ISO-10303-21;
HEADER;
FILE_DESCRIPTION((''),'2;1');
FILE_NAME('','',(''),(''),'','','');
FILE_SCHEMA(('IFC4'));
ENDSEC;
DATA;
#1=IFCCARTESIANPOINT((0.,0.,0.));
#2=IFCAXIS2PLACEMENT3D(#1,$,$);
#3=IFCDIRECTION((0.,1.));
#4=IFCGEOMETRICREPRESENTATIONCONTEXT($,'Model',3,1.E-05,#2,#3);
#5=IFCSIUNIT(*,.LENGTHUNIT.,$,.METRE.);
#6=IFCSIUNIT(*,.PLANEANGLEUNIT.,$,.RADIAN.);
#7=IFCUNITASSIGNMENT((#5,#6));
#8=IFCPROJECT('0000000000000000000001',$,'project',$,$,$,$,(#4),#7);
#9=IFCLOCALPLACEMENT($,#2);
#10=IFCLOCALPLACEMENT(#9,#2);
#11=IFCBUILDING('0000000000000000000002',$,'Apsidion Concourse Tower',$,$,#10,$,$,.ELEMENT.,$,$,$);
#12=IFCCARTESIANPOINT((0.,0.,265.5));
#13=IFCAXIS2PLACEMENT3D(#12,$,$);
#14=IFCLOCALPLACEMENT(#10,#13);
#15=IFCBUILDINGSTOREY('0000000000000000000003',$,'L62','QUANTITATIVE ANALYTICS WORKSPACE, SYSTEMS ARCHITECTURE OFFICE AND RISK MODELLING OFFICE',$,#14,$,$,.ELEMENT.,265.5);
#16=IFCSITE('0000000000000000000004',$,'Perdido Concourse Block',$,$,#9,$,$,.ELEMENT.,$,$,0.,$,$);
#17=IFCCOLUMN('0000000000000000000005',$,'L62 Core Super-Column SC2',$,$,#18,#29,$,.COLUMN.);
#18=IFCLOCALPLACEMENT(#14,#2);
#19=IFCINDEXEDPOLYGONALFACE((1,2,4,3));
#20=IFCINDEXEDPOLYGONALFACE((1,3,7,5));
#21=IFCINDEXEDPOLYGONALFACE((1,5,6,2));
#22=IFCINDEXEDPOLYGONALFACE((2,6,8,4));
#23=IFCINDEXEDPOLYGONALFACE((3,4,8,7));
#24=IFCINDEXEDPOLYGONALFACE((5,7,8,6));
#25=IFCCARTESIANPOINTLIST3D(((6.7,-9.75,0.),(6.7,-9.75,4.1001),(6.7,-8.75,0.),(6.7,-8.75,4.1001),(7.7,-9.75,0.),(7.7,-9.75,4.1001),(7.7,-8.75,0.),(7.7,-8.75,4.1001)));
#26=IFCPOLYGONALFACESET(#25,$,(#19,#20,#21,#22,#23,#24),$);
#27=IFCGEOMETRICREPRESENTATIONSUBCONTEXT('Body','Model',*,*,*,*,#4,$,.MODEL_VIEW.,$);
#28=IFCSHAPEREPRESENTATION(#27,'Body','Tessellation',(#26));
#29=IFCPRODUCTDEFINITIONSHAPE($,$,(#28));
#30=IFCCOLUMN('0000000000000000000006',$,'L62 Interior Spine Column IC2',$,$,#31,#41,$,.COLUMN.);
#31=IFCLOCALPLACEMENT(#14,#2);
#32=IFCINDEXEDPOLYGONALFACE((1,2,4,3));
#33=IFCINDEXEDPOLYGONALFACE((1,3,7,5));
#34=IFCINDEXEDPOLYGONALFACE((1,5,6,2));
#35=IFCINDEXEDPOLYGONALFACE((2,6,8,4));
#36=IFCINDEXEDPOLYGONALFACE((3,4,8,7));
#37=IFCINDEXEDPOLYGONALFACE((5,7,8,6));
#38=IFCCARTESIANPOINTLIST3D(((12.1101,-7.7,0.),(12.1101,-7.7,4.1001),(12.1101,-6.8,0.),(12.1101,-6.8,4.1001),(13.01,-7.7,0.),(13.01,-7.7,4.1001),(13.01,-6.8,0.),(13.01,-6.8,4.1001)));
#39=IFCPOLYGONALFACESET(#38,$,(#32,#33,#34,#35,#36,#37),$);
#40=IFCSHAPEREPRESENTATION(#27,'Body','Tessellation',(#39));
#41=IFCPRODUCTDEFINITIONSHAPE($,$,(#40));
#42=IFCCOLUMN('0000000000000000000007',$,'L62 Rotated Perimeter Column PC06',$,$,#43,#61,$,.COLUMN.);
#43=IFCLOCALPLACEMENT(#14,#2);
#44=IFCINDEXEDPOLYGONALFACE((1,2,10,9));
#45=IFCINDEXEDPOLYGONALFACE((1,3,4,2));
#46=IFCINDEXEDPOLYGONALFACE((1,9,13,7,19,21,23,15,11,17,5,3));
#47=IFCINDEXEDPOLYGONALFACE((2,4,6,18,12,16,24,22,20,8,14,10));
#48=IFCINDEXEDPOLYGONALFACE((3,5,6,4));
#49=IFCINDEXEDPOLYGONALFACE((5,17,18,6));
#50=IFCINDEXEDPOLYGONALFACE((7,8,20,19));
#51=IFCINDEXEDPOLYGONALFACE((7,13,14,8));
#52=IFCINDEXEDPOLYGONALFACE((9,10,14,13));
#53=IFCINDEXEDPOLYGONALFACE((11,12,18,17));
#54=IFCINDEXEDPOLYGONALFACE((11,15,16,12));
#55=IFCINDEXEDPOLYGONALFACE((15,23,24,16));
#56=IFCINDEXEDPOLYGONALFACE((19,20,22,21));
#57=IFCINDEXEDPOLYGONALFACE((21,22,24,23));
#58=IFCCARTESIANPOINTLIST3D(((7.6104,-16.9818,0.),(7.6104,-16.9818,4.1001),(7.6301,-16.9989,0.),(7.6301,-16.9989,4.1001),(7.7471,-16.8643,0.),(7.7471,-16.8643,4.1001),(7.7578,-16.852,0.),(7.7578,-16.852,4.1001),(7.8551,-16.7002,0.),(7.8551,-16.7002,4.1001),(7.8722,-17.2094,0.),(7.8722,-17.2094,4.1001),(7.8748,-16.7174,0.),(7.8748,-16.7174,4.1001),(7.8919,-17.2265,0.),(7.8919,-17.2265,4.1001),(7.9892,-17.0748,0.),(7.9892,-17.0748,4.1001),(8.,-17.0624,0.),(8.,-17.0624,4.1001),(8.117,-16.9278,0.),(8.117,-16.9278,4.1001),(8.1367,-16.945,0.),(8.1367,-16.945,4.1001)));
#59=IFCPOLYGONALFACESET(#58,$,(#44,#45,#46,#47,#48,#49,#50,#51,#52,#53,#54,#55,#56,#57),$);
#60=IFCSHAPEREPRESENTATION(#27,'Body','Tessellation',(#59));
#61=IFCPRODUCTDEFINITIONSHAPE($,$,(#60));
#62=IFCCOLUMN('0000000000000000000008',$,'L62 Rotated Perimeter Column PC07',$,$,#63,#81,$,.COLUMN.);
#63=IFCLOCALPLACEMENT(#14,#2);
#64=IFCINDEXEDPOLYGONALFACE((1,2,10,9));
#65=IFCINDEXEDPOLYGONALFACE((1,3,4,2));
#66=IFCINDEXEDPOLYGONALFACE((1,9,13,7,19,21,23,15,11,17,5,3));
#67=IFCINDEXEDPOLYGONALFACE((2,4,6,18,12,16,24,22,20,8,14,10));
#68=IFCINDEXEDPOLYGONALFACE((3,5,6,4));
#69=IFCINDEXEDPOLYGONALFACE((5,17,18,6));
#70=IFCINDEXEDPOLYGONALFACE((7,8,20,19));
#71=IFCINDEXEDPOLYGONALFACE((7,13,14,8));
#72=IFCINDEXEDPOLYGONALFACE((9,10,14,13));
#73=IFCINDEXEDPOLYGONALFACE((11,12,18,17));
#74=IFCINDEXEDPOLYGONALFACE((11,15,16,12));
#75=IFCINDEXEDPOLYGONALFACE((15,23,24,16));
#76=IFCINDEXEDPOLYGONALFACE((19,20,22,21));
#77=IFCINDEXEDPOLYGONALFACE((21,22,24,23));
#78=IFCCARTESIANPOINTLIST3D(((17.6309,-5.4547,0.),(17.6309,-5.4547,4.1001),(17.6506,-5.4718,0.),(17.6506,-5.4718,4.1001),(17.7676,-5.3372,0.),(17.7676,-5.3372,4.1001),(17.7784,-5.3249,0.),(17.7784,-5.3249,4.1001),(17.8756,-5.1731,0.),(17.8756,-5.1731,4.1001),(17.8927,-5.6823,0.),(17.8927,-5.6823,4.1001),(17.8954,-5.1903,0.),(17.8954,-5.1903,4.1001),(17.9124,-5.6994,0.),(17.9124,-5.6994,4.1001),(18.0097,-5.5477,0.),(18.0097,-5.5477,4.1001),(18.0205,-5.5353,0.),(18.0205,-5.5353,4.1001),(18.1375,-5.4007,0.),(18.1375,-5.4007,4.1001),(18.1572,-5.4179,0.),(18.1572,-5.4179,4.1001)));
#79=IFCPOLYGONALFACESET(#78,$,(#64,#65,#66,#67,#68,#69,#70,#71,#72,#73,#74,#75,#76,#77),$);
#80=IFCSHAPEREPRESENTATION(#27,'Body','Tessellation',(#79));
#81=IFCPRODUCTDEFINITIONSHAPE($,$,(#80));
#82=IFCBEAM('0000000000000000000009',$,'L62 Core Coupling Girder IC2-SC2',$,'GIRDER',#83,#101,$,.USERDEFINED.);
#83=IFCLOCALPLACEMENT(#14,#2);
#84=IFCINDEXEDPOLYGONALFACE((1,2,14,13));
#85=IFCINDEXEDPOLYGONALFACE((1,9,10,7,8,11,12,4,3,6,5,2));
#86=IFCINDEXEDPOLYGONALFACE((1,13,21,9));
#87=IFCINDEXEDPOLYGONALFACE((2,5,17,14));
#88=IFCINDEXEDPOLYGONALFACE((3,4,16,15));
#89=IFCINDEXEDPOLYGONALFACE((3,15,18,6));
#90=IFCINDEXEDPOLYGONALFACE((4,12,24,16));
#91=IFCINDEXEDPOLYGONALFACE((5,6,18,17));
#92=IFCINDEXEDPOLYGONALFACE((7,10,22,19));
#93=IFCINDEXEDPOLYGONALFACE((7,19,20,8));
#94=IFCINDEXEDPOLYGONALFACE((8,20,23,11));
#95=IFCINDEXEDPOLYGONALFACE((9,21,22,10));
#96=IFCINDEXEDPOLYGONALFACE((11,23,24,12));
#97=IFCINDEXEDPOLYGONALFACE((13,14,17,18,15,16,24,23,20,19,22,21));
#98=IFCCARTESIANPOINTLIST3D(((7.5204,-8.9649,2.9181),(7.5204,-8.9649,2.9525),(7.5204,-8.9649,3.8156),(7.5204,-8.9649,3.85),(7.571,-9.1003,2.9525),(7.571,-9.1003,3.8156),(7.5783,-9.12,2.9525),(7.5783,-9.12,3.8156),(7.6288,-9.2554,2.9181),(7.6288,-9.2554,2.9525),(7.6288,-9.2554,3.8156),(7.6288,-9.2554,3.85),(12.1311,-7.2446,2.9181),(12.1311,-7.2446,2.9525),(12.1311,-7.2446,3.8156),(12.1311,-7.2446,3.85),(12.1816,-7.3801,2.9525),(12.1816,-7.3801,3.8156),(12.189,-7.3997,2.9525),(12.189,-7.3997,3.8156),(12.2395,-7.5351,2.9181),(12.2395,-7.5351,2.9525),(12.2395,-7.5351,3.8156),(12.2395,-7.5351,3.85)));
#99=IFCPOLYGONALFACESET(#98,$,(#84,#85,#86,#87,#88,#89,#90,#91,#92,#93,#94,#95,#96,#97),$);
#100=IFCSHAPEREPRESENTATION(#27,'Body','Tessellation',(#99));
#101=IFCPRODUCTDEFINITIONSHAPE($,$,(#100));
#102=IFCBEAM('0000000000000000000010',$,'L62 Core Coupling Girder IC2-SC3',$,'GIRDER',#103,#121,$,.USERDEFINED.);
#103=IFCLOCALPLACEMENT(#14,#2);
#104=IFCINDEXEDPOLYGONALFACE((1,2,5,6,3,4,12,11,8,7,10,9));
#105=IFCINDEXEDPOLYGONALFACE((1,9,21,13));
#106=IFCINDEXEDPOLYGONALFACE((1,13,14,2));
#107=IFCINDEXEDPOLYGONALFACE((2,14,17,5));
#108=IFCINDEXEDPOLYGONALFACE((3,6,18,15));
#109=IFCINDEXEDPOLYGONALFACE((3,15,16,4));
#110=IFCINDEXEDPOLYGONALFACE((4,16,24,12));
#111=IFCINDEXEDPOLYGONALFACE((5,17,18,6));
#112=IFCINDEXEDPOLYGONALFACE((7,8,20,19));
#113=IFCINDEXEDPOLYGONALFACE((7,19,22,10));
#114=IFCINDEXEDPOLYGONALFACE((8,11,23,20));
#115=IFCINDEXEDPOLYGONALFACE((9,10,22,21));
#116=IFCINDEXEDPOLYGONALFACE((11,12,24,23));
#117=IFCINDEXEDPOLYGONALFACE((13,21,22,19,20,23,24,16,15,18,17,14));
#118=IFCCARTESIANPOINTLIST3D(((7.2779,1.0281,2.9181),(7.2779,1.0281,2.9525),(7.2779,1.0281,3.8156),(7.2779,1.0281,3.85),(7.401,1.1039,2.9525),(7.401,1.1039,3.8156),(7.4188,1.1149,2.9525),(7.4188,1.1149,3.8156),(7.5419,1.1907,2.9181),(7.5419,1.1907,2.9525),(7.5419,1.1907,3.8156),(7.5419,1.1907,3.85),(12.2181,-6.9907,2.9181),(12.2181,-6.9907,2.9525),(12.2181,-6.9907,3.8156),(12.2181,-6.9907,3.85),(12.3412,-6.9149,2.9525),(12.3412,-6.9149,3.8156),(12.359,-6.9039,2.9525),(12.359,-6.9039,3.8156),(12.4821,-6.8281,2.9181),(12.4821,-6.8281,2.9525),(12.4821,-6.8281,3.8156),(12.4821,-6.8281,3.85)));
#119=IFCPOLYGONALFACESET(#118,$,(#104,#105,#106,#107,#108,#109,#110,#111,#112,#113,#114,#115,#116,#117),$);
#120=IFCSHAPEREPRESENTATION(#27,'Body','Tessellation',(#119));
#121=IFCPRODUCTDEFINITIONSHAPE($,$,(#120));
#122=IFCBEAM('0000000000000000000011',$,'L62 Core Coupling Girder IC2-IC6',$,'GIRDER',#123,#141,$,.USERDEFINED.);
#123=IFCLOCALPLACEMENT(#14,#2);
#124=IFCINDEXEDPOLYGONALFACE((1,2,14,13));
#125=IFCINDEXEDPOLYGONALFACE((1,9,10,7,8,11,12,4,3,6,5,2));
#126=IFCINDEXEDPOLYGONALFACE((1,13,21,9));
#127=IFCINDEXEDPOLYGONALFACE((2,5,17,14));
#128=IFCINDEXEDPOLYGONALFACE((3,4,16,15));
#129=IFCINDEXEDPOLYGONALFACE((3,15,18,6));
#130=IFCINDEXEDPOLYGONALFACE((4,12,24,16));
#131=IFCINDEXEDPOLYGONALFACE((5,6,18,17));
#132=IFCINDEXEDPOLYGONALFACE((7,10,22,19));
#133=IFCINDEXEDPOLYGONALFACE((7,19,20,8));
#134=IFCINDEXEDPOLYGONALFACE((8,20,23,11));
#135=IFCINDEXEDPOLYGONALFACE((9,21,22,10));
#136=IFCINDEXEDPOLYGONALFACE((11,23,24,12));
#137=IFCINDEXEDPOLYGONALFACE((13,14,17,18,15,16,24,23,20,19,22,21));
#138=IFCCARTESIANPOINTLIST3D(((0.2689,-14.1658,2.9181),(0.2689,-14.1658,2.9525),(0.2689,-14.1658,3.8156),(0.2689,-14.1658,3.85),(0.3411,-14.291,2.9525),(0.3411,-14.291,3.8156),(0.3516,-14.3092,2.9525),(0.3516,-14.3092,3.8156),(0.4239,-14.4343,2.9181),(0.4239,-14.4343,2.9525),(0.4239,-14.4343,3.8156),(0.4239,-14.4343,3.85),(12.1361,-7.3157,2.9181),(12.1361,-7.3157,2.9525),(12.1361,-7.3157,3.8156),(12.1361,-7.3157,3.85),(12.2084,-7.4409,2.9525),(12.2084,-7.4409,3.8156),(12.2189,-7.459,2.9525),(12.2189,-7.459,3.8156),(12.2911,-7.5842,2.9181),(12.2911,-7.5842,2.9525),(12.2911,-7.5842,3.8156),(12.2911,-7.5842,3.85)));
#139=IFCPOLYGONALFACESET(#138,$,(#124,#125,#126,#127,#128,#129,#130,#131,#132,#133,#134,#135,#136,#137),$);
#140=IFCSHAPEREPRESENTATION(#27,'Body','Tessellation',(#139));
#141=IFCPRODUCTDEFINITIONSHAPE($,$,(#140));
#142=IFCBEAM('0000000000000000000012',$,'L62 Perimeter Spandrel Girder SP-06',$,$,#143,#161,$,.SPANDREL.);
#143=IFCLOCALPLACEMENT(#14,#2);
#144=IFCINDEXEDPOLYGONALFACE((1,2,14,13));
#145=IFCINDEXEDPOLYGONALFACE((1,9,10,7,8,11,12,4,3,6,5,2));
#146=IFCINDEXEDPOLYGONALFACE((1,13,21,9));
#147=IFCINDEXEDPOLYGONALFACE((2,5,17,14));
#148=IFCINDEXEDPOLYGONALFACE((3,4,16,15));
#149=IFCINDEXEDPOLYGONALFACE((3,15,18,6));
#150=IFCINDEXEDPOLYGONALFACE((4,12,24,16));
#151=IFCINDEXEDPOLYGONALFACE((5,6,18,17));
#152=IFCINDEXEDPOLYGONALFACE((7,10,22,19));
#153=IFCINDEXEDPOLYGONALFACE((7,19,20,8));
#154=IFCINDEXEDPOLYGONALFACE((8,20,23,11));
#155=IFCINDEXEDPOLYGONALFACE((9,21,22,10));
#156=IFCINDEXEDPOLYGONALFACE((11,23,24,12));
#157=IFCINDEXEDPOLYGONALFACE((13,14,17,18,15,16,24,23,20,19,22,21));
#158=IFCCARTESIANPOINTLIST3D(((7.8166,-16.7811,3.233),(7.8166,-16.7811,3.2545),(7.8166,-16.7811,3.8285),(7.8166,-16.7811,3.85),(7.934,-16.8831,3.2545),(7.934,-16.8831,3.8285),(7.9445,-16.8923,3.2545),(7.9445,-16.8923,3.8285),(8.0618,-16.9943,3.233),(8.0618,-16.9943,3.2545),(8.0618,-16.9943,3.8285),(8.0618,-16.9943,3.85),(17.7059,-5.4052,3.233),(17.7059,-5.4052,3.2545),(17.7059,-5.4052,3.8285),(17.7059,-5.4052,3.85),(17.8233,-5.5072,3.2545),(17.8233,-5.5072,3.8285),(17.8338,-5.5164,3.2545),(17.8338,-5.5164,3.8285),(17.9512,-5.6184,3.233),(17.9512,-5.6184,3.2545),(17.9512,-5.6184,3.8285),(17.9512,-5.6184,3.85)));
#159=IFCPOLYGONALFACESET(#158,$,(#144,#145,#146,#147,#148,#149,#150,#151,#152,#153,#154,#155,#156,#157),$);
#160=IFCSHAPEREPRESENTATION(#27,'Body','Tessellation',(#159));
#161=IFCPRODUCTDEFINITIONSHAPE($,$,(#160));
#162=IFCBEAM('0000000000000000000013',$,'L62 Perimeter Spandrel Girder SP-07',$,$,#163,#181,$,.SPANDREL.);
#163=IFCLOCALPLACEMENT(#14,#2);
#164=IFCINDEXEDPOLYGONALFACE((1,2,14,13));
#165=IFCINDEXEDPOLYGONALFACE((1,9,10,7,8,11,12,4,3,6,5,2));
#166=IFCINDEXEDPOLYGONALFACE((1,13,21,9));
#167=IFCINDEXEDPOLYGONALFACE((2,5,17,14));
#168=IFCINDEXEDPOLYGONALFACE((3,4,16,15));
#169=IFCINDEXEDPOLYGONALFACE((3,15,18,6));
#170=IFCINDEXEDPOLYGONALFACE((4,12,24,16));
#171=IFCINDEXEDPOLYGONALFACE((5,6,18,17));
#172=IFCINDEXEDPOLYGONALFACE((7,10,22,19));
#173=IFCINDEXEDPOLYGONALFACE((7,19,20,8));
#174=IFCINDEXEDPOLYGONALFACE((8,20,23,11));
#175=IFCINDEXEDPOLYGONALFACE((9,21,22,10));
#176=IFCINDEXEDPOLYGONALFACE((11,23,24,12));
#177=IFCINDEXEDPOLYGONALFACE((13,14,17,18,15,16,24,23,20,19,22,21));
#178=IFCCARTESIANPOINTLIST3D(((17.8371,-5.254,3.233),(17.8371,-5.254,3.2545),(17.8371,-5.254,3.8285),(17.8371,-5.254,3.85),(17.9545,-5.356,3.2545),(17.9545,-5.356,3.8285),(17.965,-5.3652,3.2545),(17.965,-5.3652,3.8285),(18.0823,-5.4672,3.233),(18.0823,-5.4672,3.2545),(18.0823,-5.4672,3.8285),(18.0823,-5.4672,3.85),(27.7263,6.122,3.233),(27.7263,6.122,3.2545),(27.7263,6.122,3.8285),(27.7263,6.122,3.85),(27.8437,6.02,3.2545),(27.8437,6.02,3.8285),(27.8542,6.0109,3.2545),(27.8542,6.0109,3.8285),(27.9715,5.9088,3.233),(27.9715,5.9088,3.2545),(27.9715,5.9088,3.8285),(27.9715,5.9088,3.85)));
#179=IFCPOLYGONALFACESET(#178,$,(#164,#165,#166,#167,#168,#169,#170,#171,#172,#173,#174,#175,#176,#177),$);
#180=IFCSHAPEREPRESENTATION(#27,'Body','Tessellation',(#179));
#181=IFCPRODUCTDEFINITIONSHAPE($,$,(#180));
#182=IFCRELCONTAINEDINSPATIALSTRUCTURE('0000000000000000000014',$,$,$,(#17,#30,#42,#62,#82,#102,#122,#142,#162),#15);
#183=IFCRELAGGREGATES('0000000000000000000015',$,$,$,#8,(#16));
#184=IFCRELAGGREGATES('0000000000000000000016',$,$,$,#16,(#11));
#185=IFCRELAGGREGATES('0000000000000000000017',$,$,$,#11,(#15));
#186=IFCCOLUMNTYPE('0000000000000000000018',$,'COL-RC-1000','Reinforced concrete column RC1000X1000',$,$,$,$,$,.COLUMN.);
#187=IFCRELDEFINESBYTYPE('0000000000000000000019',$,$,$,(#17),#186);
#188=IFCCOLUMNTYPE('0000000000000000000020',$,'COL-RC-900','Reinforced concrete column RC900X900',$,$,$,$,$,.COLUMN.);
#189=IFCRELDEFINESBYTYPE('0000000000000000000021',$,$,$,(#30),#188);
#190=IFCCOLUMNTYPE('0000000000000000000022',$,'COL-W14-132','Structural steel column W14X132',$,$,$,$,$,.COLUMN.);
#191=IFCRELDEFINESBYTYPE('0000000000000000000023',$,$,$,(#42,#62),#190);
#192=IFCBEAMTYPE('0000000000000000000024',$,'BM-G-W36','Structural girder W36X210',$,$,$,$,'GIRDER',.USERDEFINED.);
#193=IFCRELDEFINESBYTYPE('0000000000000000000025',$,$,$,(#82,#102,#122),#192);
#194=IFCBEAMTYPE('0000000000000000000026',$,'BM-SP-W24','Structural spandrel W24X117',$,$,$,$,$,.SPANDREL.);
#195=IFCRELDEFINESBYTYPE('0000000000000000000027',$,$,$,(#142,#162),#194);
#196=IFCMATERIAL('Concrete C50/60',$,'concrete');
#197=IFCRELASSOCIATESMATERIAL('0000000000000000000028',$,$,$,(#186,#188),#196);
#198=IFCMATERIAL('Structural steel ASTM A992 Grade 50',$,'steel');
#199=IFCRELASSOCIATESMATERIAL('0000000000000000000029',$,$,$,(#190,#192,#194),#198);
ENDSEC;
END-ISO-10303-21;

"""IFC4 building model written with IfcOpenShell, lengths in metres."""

from ifc_helpers import new_model, si_unit, direction, frame, origin, origin_2d, place, context, subcontext, project, spatial, rectangle, i_section, extrude, material, material_profile, profile_set, type_object, element, save


model = new_model("IFC4")

# Units and contexts
model_context = context("Model", 3, precision=1e-05, world=origin(), true_north=direction((0.0, 1.0)))
body_context = subcontext(model_context, "Body", "Model", "MODEL_VIEW")
ifc_project = project(units=[si_unit("LENGTHUNIT", "METRE"), si_unit("PLANEANGLEUNIT", "RADIAN")], contexts=[model_context])

# Site, building, storey
site_placement = place(None, origin())
site = spatial("IfcSite", under=ifc_project, at=site_placement, Name="Perdido Concourse Block", CompositionType="ELEMENT", RefElevation=0.0)
building_placement = place(site_placement, origin())
building = spatial("IfcBuilding", under=site, at=building_placement, Name="Apsidion Concourse Tower", CompositionType="ELEMENT")
storey_placement = place(building_placement, frame((0.0, 0.0, 265.5)))
storey = spatial("IfcBuildingStorey", under=building, at=storey_placement, Name="L62", Description="QUANTITATIVE ANALYTICS WORKSPACE, SYSTEMS ARCHITECTURE OFFICE AND RISK MODELLING OFFICE", CompositionType="ELEMENT", Elevation=265.5)

# Columns
ifc_material_1 = material(Name="Concrete C50/60", Category="concrete")
ifc_material_profile_1 = material_profile(ifc_material_1, rectangle(XDim=1.0, YDim=1.0, at=origin_2d()), Name="RC 1000x1000")
ifc_profile_set_1 = profile_set([ifc_material_profile_1], Name="Concrete C50/60")
column_type_1 = type_object("IfcColumnType", Name="COL-RC-1000", Description="Reinforced concrete column RC1000X1000", PredefinedType="COLUMN", material=ifc_profile_set_1)
column_1_placement = place(storey_placement, frame((7.2, -9.25, 0.0), z_axis=(0.0, 0.0, 1.0), x_axis=(1.0, 0.0, 0.0)))
element("IfcColumn", 1, at=column_1_placement, inside=storey, type_object=column_type_1, Name="L62 Core Super-Column SC2", PredefinedType="COLUMN", context=body_context, shape_type="SweptSolid", body=[
    extrude(rectangle(XDim=1.0, YDim=1.0, at=origin_2d()), origin(), (0.0, 0.0, 1.0), 4.1001),
])
ifc_material_profile_2 = material_profile(ifc_material_1, rectangle(XDim=0.8999, YDim=0.8999, at=origin_2d()), Name="RC 900x900")
ifc_profile_set_2 = profile_set([ifc_material_profile_2], Name="Concrete C50/60")
column_type_2 = type_object("IfcColumnType", Name="COL-RC-900", Description="Reinforced concrete column RC900X900", PredefinedType="COLUMN", material=ifc_profile_set_2)
column_2_placement = place(storey_placement, frame((12.5601, -7.25, 0.0), z_axis=(0.0, 0.0, 1.0), x_axis=(1.0, 0.0, 0.0)))
element("IfcColumn", 2, at=column_2_placement, inside=storey, type_object=column_type_2, Name="L62 Interior Spine Column IC2", PredefinedType="COLUMN", context=body_context, shape_type="SweptSolid", body=[
    extrude(rectangle(XDim=0.8999, YDim=0.8999, at=origin_2d()), origin(), (0.0, 0.0, 1.0), 4.1001),
])
ifc_material_2 = material(Name="Structural steel ASTM A992 Grade 50", Category="steel")
ifc_material_profile_3 = material_profile(ifc_material_2, i_section(OverallWidth=0.373, OverallDepth=0.373, WebThickness=0.0164, FlangeThickness=0.0261, at=origin_2d()), Name="W14X132")
ifc_profile_set_3 = profile_set([ifc_material_profile_3], Name="Structural steel ASTM A992 Grade 50")
column_type_3 = type_object("IfcColumnType", Name="COL-W14-132", Description="Structural steel column W14X132", PredefinedType="COLUMN", material=ifc_profile_set_3)
for number, where, z_axis, x_axis, name in (
    (3, (7.8735, -16.9634, 0.0), (0.0, 0.0, 1.0), (0.656059, 0.75471, 0.0), "L62 Rotated Perimeter Column PC06"),
    (4, (17.894, -5.4363, 0.0), (0.0, 0.0, 1.0), (0.656059, 0.75471, 0.0), "L62 Rotated Perimeter Column PC07"),
):
    element("IfcColumn", number, at=place(storey_placement, frame(where, z_axis=z_axis, x_axis=x_axis)), inside=storey, type_object=column_type_3, Name=name, PredefinedType="COLUMN", context=body_context, shape_type="SweptSolid", body=[
        extrude(i_section(OverallWidth=0.373, OverallDepth=0.373, WebThickness=0.0164, FlangeThickness=0.0261, at=origin_2d()), origin(), (0.0, 0.0, 1.0), 4.1001),
    ])

# Beams
ifc_material_profile_4 = material_profile(ifc_material_2, i_section(OverallWidth=0.3101, OverallDepth=0.9319, WebThickness=0.021, FlangeThickness=0.0344, at=origin_2d()), Name="W36X210")
ifc_profile_set_4 = profile_set([ifc_material_profile_4], Name="Structural steel ASTM A992 Grade 50")
beam_type_1 = type_object("IfcBeamType", Name="BM-G-W36", Description="Structural girder W36X210", ElementType="GIRDER", PredefinedType="USERDEFINED", material=ifc_profile_set_4)
beam_1_placement = place(storey_placement, frame((12.1853, -7.3899, 3.384), z_axis=(-0.936913, -0.349563, 0.0), x_axis=(0.349563, -0.936913, 0.0)))
element("IfcBeam", 5, at=beam_1_placement, inside=storey, type_object=beam_type_1, Name="L62 Core Coupling Girder IC2-SC2", ObjectType="GIRDER", PredefinedType="USERDEFINED", context=body_context, shape_type="SweptSolid", body=[
    extrude(i_section(OverallWidth=0.3101, OverallDepth=0.9319, WebThickness=0.021, FlangeThickness=0.0344, at=origin_2d()), origin(), (0.0, 0.0, 1.0), 4.9211),
])
beam_2_placement = place(storey_placement, frame((12.3501, -6.9094, 3.384), z_axis=(-0.524524, 0.851396, 0.0), x_axis=(-0.851396, -0.524524, 0.0)))
element("IfcBeam", 6, at=beam_2_placement, inside=storey, type_object=beam_type_1, Name="L62 Core Coupling Girder IC2-SC3", ObjectType="GIRDER", PredefinedType="USERDEFINED", context=body_context, shape_type="SweptSolid", body=[
    extrude(i_section(OverallWidth=0.3101, OverallDepth=0.9319, WebThickness=0.021, FlangeThickness=0.0344, at=origin_2d()), origin(), (0.0, 0.0, 1.0), 9.4185),
])
beam_3_placement = place(storey_placement, frame((12.2136, -7.45, 3.384), z_axis=(-0.86607, -0.499922, 0.0), x_axis=(0.499922, -0.86607, 0.0)))
element("IfcBeam", 7, at=beam_3_placement, inside=storey, type_object=beam_type_1, Name="L62 Core Coupling Girder IC2-IC6", ObjectType="GIRDER", PredefinedType="USERDEFINED", context=body_context, shape_type="SweptSolid", body=[
    extrude(i_section(OverallWidth=0.3101, OverallDepth=0.9319, WebThickness=0.021, FlangeThickness=0.0344, at=origin_2d()), origin(), (0.0, 0.0, 1.0), 13.7024),
])
ifc_material_profile_5 = material_profile(ifc_material_2, i_section(OverallWidth=0.325, OverallDepth=0.6169, WebThickness=0.0139, FlangeThickness=0.0215, at=origin_2d()), Name="W24X117")
ifc_profile_set_5 = profile_set([ifc_material_profile_5], Name="Structural steel ASTM A992 Grade 50")
beam_type_2 = type_object("IfcBeamType", Name="BM-SP-W24", Description="Structural spandrel W24X117", PredefinedType="SPANDREL", material=ifc_profile_set_5)
for number, where, z_axis, x_axis, name in (
    (8, (7.9392, -16.8877, 3.5415), (0.656075, 0.754696, 0.0), (-0.754696, 0.656075, 0.0), "L62 Perimeter Spandrel Girder SP-06"),
    (9, (17.9597, -5.3606, 3.5415), (0.656066, 0.754704, 0.0), (-0.754704, 0.656066, 0.0), "L62 Perimeter Spandrel Girder SP-07"),
):
    element("IfcBeam", number, at=place(storey_placement, frame(where, z_axis=z_axis, x_axis=x_axis)), inside=storey, type_object=beam_type_2, Name=name, PredefinedType="SPANDREL", context=body_context, shape_type="SweptSolid", body=[
        extrude(i_section(OverallWidth=0.325, OverallDepth=0.6169, WebThickness=0.0139, FlangeThickness=0.0215, at=origin_2d()), origin(), (0.0, 0.0, 1.0), 15.0735),
    ])

save(model, "model.ifc")
